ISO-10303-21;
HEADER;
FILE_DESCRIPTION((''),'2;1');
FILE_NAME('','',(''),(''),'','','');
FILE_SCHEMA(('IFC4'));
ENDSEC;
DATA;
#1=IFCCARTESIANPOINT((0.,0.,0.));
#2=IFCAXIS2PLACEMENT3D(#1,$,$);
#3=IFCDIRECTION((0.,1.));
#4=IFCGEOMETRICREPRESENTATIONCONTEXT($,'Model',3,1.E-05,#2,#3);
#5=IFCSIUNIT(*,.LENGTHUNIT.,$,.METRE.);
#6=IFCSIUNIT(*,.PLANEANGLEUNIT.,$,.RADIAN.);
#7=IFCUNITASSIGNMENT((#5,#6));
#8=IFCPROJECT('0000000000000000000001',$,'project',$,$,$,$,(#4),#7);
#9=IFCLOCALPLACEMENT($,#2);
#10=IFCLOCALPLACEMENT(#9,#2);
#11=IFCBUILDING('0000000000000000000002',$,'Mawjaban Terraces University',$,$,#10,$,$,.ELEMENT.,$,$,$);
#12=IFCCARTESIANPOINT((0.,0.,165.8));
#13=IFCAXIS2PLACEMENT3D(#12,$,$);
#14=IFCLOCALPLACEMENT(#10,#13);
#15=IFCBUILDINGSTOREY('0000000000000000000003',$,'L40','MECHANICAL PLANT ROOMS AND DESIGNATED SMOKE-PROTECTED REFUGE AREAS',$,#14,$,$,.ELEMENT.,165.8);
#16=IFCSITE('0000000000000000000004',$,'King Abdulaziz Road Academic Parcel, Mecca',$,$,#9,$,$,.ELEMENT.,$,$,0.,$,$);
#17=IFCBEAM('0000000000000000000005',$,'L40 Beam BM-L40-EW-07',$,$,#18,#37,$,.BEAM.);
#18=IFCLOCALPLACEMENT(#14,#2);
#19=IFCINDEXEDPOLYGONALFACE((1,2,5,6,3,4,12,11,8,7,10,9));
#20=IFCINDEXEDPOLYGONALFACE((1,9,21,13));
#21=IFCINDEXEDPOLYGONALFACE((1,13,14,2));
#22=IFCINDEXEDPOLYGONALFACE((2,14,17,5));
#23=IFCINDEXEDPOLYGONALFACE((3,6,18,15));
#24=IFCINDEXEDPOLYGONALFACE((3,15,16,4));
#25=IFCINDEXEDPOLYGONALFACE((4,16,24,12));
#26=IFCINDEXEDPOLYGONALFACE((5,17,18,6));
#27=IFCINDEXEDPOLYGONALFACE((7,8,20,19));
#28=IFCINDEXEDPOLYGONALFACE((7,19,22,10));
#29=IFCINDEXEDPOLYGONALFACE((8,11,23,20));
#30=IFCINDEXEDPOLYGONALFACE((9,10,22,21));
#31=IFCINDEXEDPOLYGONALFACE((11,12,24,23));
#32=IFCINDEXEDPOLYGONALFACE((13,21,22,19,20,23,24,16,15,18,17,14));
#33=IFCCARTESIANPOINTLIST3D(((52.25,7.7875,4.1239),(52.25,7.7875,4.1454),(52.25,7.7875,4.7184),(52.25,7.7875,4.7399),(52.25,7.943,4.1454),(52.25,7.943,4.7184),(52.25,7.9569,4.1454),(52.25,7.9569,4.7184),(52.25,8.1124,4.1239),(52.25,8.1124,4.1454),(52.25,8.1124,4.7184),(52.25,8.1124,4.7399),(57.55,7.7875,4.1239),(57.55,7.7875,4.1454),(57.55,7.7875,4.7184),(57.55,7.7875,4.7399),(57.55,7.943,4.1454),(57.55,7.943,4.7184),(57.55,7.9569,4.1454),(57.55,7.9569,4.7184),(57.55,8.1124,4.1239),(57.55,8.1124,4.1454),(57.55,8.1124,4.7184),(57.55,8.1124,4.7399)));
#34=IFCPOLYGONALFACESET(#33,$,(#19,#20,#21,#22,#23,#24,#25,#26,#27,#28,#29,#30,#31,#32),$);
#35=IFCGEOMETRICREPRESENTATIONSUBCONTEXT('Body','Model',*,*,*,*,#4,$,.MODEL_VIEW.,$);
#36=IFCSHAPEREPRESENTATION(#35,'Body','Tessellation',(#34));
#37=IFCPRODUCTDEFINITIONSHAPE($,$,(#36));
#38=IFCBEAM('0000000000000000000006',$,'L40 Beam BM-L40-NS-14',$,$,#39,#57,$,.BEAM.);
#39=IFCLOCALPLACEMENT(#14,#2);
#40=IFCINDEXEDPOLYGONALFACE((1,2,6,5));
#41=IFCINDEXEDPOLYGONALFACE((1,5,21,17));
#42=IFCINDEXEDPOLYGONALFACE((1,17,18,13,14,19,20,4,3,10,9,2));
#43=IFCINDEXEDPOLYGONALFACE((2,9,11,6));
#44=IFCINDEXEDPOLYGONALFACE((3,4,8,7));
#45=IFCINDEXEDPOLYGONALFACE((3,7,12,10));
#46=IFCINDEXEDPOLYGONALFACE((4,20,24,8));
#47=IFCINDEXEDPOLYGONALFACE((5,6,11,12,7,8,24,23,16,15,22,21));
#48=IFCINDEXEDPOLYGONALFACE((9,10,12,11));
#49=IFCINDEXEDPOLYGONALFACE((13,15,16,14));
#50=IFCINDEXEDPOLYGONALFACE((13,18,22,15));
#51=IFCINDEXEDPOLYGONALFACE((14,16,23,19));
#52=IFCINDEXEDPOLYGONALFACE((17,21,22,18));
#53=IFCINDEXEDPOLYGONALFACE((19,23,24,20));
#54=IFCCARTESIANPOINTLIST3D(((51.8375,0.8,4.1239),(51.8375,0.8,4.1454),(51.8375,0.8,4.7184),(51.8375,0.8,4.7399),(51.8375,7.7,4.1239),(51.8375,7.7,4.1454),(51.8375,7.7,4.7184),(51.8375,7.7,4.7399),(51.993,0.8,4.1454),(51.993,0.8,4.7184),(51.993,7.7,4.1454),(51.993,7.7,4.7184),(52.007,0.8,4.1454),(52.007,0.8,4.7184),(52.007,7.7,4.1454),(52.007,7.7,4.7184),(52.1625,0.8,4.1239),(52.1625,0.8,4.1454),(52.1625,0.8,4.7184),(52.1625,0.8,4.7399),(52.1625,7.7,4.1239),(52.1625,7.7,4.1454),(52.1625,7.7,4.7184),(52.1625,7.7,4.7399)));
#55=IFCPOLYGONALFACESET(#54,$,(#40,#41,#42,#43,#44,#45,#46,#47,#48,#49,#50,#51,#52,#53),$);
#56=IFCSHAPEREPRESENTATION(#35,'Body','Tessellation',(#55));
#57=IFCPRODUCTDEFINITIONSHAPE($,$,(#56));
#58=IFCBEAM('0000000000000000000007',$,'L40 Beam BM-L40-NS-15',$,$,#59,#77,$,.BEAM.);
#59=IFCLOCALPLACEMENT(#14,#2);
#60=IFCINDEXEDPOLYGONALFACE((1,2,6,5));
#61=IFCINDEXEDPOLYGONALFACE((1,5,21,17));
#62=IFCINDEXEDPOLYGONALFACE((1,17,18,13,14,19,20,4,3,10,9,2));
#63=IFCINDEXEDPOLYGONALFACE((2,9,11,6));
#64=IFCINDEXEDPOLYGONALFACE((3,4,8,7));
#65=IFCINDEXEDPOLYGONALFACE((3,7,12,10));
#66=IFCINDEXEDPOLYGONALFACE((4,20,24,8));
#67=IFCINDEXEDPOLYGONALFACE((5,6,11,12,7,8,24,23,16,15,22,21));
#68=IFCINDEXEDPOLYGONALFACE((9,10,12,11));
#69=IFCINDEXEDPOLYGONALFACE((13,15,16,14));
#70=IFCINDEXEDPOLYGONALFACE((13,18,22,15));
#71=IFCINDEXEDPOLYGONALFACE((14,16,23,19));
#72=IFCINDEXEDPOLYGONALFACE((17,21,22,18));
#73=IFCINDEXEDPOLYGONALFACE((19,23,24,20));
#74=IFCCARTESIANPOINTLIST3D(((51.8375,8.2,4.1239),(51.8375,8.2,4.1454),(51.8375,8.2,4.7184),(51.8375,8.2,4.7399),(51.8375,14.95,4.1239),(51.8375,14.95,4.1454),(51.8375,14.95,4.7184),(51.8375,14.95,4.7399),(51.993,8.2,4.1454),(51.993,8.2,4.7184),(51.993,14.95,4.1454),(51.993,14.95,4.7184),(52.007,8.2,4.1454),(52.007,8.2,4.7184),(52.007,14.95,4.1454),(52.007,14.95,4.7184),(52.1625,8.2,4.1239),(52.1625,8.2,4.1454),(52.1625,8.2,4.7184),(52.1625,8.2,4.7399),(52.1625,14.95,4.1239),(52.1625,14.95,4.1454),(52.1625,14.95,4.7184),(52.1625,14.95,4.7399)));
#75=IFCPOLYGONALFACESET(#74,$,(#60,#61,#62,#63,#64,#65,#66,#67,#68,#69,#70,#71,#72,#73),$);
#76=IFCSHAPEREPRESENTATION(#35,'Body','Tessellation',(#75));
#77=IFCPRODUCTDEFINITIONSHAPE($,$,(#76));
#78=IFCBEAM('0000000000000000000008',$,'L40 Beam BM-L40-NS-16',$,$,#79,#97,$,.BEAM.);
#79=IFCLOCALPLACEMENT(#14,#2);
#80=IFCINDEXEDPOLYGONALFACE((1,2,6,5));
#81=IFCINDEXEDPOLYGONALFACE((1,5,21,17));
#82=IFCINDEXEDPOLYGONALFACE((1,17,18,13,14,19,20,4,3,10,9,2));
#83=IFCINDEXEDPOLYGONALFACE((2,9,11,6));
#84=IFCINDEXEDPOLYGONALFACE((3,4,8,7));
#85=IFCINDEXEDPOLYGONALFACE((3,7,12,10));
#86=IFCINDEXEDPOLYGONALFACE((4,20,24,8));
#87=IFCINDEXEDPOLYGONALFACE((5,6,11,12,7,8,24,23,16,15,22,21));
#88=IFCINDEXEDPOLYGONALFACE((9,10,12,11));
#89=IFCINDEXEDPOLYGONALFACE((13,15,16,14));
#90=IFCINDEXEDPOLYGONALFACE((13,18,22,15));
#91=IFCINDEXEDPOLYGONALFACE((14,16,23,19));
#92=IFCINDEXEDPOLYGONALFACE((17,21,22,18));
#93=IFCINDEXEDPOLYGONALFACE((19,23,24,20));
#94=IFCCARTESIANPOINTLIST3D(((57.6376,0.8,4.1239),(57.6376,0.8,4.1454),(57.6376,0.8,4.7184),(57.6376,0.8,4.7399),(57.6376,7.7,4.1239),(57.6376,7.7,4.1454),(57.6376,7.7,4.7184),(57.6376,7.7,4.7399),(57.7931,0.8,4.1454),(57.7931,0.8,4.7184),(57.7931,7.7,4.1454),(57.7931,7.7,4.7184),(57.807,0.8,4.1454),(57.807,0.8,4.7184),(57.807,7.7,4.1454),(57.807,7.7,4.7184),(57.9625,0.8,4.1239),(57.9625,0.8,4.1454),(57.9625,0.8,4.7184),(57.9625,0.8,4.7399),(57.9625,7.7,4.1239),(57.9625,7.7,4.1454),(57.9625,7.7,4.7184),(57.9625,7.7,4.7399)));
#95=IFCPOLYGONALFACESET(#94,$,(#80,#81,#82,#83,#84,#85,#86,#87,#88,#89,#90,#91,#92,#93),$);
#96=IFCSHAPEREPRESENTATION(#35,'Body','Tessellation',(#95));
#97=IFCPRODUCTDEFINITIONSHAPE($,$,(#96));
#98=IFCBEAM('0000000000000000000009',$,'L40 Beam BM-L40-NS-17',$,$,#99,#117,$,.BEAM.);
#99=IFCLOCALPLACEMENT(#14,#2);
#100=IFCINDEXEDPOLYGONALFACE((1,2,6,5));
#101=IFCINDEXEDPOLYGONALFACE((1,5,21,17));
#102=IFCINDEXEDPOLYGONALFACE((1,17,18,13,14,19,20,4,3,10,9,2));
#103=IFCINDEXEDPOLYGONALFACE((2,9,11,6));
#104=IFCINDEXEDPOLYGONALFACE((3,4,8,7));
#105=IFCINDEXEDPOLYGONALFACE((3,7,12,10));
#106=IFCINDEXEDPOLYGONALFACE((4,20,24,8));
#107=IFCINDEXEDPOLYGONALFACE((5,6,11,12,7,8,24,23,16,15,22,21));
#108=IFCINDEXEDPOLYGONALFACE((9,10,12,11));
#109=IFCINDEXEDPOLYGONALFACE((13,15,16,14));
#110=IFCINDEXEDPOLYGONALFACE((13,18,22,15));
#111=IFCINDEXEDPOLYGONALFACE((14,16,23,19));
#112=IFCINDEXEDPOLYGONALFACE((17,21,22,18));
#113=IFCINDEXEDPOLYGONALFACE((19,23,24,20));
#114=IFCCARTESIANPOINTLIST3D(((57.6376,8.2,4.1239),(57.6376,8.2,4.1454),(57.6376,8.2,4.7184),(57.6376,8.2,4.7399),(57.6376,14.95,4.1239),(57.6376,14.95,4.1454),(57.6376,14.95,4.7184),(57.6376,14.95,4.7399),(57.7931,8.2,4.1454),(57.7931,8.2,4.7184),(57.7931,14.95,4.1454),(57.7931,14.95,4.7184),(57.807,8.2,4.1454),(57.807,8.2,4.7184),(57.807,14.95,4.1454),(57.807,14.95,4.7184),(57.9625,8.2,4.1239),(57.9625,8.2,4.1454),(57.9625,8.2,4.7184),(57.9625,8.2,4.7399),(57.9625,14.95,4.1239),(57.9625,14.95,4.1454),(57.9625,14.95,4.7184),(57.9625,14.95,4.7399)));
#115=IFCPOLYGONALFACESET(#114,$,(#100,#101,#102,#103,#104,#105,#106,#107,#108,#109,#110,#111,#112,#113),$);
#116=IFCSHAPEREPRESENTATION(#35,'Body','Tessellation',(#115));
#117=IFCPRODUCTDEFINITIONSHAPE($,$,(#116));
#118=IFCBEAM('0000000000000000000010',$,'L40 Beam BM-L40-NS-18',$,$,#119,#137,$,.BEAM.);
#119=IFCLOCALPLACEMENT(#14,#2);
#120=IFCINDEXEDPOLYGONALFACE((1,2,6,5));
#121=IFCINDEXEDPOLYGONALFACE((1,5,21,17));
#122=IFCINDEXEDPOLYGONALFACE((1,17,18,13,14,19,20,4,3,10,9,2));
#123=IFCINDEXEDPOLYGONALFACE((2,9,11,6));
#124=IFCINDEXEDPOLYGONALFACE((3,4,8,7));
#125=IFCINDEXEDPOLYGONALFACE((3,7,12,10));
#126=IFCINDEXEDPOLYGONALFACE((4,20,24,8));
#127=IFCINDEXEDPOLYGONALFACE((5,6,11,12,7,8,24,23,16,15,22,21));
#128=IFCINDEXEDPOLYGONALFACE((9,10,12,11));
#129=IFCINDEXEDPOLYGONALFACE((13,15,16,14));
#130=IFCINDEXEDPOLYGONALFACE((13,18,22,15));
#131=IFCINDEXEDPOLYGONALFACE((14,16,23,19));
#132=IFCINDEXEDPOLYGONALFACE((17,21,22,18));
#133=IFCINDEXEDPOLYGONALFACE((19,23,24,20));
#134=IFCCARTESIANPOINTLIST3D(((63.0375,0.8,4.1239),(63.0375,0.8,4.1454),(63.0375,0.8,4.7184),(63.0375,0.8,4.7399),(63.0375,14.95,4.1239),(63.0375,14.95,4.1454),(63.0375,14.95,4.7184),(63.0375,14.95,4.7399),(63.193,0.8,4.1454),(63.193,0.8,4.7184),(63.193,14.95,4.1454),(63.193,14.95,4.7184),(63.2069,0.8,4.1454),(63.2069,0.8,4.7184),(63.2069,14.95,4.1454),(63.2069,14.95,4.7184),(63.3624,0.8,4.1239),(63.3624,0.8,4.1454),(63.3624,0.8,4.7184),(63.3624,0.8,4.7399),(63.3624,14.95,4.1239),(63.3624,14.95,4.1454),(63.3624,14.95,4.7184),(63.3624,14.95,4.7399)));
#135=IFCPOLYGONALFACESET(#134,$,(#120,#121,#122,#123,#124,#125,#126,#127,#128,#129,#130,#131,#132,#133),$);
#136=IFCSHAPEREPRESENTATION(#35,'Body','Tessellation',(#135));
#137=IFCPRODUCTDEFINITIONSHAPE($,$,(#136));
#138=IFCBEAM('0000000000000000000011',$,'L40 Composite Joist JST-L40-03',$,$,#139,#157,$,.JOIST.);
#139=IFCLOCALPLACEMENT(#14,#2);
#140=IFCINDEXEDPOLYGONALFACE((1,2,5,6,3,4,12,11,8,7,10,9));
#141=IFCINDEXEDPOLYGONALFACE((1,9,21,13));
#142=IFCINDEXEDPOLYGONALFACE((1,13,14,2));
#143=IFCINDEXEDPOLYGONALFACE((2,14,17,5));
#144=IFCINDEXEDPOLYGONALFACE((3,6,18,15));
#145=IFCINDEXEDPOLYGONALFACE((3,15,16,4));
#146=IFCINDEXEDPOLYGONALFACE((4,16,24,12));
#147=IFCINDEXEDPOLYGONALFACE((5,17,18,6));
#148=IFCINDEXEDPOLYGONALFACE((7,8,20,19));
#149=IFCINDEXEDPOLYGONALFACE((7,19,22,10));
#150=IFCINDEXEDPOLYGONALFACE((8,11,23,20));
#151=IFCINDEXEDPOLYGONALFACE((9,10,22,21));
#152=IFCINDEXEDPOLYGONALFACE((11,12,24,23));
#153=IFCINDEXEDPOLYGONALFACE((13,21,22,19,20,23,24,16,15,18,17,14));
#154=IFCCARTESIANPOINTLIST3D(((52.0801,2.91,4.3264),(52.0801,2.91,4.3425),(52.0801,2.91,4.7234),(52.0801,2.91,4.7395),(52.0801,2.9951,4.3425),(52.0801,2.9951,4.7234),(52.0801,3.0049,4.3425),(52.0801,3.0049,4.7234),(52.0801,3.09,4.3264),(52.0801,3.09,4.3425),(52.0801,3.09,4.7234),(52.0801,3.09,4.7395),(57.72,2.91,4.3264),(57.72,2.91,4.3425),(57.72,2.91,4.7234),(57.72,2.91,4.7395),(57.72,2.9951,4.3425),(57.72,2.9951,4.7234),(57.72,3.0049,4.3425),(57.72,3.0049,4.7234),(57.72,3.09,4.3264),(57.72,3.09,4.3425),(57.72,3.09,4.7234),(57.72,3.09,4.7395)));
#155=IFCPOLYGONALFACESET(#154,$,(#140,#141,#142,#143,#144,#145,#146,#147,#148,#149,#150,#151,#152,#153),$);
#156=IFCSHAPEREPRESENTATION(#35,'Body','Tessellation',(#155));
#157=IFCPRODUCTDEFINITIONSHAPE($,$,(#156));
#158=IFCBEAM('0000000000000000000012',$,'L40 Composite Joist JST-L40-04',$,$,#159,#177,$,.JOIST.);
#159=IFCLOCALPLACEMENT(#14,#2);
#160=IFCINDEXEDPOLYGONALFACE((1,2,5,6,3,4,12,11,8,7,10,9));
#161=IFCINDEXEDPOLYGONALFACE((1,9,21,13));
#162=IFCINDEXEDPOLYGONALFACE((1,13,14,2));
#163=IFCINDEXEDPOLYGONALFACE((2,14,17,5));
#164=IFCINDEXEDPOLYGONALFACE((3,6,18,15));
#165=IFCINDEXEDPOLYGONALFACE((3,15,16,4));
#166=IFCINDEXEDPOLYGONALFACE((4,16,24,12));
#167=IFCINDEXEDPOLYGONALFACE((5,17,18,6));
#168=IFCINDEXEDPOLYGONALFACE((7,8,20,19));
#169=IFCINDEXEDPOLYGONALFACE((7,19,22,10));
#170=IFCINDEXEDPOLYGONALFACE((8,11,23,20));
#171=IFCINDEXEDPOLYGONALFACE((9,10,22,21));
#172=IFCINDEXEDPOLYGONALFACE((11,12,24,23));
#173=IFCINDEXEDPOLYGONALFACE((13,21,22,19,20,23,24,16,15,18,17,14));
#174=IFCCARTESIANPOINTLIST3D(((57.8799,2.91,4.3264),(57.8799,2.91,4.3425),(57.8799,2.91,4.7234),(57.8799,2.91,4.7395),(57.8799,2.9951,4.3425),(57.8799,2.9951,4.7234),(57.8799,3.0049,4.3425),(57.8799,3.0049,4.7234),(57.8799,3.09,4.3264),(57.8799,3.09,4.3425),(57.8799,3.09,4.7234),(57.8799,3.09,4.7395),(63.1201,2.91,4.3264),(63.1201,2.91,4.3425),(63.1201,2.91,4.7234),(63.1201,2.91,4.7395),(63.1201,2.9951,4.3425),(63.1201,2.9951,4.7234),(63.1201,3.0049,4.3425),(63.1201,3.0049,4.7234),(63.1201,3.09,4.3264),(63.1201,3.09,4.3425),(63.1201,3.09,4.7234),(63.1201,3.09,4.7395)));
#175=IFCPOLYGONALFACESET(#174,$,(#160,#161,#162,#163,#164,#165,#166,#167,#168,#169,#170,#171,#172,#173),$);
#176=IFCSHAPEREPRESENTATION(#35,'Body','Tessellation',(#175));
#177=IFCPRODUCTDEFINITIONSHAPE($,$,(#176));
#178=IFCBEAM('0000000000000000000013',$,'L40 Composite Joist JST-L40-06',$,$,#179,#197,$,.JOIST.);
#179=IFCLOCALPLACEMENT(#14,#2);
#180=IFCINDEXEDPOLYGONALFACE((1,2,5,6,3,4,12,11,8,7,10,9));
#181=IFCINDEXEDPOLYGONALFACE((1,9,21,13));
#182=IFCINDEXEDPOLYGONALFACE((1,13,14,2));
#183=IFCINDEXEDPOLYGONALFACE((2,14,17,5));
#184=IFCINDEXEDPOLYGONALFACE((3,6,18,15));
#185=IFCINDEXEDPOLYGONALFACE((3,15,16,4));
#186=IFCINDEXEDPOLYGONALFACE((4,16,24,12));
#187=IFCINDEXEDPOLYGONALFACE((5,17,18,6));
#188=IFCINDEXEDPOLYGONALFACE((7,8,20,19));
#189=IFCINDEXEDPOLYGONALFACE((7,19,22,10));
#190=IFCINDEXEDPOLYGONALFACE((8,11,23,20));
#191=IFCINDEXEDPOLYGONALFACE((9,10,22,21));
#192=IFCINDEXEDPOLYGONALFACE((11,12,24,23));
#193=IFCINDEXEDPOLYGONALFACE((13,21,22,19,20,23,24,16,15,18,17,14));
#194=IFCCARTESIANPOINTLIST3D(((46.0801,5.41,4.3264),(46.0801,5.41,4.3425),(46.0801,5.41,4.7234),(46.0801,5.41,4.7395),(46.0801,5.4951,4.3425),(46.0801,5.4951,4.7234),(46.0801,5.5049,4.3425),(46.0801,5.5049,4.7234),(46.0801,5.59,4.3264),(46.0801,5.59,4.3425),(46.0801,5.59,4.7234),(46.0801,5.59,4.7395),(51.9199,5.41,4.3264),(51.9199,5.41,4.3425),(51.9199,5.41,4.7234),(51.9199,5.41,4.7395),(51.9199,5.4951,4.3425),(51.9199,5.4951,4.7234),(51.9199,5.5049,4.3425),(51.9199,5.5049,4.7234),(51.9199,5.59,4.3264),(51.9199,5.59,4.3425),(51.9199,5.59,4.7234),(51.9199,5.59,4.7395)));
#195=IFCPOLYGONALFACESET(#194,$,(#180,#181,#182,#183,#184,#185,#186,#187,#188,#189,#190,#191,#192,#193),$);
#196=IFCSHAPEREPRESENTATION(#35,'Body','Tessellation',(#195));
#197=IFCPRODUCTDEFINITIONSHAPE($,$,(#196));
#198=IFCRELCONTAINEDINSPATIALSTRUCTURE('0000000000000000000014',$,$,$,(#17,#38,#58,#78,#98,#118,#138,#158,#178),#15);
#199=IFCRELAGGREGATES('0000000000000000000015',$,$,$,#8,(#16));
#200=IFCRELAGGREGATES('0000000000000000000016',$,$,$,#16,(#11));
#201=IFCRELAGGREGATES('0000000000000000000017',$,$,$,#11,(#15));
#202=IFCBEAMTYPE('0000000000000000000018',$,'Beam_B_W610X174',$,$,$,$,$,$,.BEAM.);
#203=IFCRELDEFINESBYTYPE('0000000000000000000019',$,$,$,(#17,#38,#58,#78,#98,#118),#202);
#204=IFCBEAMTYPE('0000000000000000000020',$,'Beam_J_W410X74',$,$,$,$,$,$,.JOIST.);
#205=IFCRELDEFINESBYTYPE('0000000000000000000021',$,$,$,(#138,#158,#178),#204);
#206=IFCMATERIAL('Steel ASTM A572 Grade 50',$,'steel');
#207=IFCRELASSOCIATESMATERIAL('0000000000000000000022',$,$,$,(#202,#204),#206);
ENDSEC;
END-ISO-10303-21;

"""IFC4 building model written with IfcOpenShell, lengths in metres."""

from ifc_helpers import new_model, si_unit, direction, frame, origin, origin_2d, place, context, subcontext, project, spatial, i_section, extrude, material, material_profile, profile_set, type_object, element, save


model = new_model("IFC4")

# Units and contexts
model_context = context("Model", 3, precision=1e-05, world=origin(), true_north=direction((0.0, 1.0)))
body_context = subcontext(model_context, "Body", "Model", "MODEL_VIEW")
ifc_project = project(units=[si_unit("LENGTHUNIT", "METRE"), si_unit("PLANEANGLEUNIT", "RADIAN")], contexts=[model_context])

# Site, building, storey
site_placement = place(None, origin())
site = spatial("IfcSite", under=ifc_project, at=site_placement, Name="King Abdulaziz Road Academic Parcel, Mecca", CompositionType="ELEMENT", RefElevation=0.0)
building_placement = place(site_placement, origin())
building = spatial("IfcBuilding", under=site, at=building_placement, Name="Mawjaban Terraces University", CompositionType="ELEMENT")
storey_placement = place(building_placement, frame((0.0, 0.0, 165.8)))
storey = spatial("IfcBuildingStorey", under=building, at=storey_placement, Name="L40", Description="MECHANICAL PLANT ROOMS AND DESIGNATED SMOKE-PROTECTED REFUGE AREAS", CompositionType="ELEMENT", Elevation=165.8)

# Beams
ifc_material_1 = material(Name="Steel ASTM A572 Grade 50", Category="steel")
ifc_material_profile_1 = material_profile(ifc_material_1, i_section(OverallWidth=0.325, OverallDepth=0.616, WebThickness=0.0139, FlangeThickness=0.0215, at=origin_2d()), Name="W610X174")
ifc_profile_set_1 = profile_set([ifc_material_profile_1], Name="Steel ASTM A572 Grade 50")
beam_type_1 = type_object("IfcBeamType", Name="Beam_B_W610X174", PredefinedType="BEAM", material=ifc_profile_set_1)
beam_1_placement = place(storey_placement, frame((52.25, 7.95, 4.4319), z_axis=(1.0, 0.0, 0.0), x_axis=(0.0, 1.0, 0.0)))
element("IfcBeam", 1, at=beam_1_placement, inside=storey, type_object=beam_type_1, Name="L40 Beam BM-L40-EW-07", PredefinedType="BEAM", context=body_context, shape_type="SweptSolid", body=[
    extrude(i_section(OverallWidth=0.325, OverallDepth=0.616, WebThickness=0.0139, FlangeThickness=0.0215, at=origin_2d()), origin(), (0.0, 0.0, 1.0), 5.3),
])
beam_2_placement = place(storey_placement, frame((52.0, 0.8, 4.4319), z_axis=(0.0, 1.0, 0.0), x_axis=(-1.0, 0.0, 0.0)))
element("IfcBeam", 2, at=beam_2_placement, inside=storey, type_object=beam_type_1, Name="L40 Beam BM-L40-NS-14", PredefinedType="BEAM", context=body_context, shape_type="SweptSolid", body=[
    extrude(i_section(OverallWidth=0.325, OverallDepth=0.616, WebThickness=0.0139, FlangeThickness=0.0215, at=origin_2d()), origin(), (0.0, 0.0, 1.0), 6.8999),
])
beam_3_placement = place(storey_placement, frame((52.0, 8.2, 4.4319), z_axis=(0.0, 1.0, 0.0), x_axis=(-1.0, 0.0, 0.0)))
element("IfcBeam", 3, at=beam_3_placement, inside=storey, type_object=beam_type_1, Name="L40 Beam BM-L40-NS-15", PredefinedType="BEAM", context=body_context, shape_type="SweptSolid", body=[
    extrude(i_section(OverallWidth=0.325, OverallDepth=0.616, WebThickness=0.0139, FlangeThickness=0.0215, at=origin_2d()), origin(), (0.0, 0.0, 1.0), 6.75),
])
beam_4_placement = place(storey_placement, frame((57.8, 0.8, 4.4319), z_axis=(0.0, 1.0, 0.0), x_axis=(-1.0, 0.0, 0.0)))
element("IfcBeam", 4, at=beam_4_placement, inside=storey, type_object=beam_type_1, Name="L40 Beam BM-L40-NS-16", PredefinedType="BEAM", context=body_context, shape_type="SweptSolid", body=[
    extrude(i_section(OverallWidth=0.325, OverallDepth=0.616, WebThickness=0.0139, FlangeThickness=0.0215, at=origin_2d()), origin(), (0.0, 0.0, 1.0), 6.8999),
])
beam_5_placement = place(storey_placement, frame((57.8, 8.2, 4.4319), z_axis=(0.0, 1.0, 0.0), x_axis=(-1.0, 0.0, 0.0)))
element("IfcBeam", 5, at=beam_5_placement, inside=storey, type_object=beam_type_1, Name="L40 Beam BM-L40-NS-17", PredefinedType="BEAM", context=body_context, shape_type="SweptSolid", body=[
    extrude(i_section(OverallWidth=0.325, OverallDepth=0.616, WebThickness=0.0139, FlangeThickness=0.0215, at=origin_2d()), origin(), (0.0, 0.0, 1.0), 6.75),
])
beam_6_placement = place(storey_placement, frame((63.2, 0.8, 4.4319), z_axis=(0.0, 1.0, 0.0), x_axis=(-1.0, 0.0, 0.0)))
element("IfcBeam", 6, at=beam_6_placement, inside=storey, type_object=beam_type_1, Name="L40 Beam BM-L40-NS-18", PredefinedType="BEAM", context=body_context, shape_type="SweptSolid", body=[
    extrude(i_section(OverallWidth=0.325, OverallDepth=0.616, WebThickness=0.0139, FlangeThickness=0.0215, at=origin_2d()), origin(), (0.0, 0.0, 1.0), 14.1499),
])
ifc_material_profile_2 = material_profile(ifc_material_1, i_section(OverallWidth=0.1799, OverallDepth=0.4131, WebThickness=0.0098, FlangeThickness=0.0161, at=origin_2d()), Name="W410X74")
ifc_profile_set_2 = profile_set([ifc_material_profile_2], Name="Steel ASTM A572 Grade 50")
beam_type_2 = type_object("IfcBeamType", Name="Beam_J_W410X74", PredefinedType="JOIST", material=ifc_profile_set_2)
beam_7_placement = place(storey_placement, frame((52.0801, 3.0, 4.533), z_axis=(1.0, 0.0, 0.0), x_axis=(0.0, 1.0, 0.0)))
element("IfcBeam", 7, at=beam_7_placement, inside=storey, type_object=beam_type_2, Name="L40 Composite Joist JST-L40-03", PredefinedType="JOIST", context=body_context, shape_type="SweptSolid", body=[
    extrude(i_section(OverallWidth=0.1799, OverallDepth=0.4131, WebThickness=0.0098, FlangeThickness=0.0161, at=origin_2d()), origin(), (0.0, 0.0, 1.0), 5.6399),
])
beam_8_placement = place(storey_placement, frame((57.8799, 3.0, 4.533), z_axis=(1.0, 0.0, 0.0), x_axis=(0.0, 1.0, 0.0)))
element("IfcBeam", 8, at=beam_8_placement, inside=storey, type_object=beam_type_2, Name="L40 Composite Joist JST-L40-04", PredefinedType="JOIST", context=body_context, shape_type="SweptSolid", body=[
    extrude(i_section(OverallWidth=0.1799, OverallDepth=0.4131, WebThickness=0.0098, FlangeThickness=0.0161, at=origin_2d()), origin(), (0.0, 0.0, 1.0), 5.2402),
])
beam_9_placement = place(storey_placement, frame((46.0801, 5.5, 4.533), z_axis=(1.0, 0.0, 0.0), x_axis=(0.0, 1.0, 0.0)))
element("IfcBeam", 9, at=beam_9_placement, inside=storey, type_object=beam_type_2, Name="L40 Composite Joist JST-L40-06", PredefinedType="JOIST", context=body_context, shape_type="SweptSolid", body=[
    extrude(i_section(OverallWidth=0.1799, OverallDepth=0.4131, WebThickness=0.0098, FlangeThickness=0.0161, at=origin_2d()), origin(), (0.0, 0.0, 1.0), 5.8398),
])

save(model, "model.ifc")
